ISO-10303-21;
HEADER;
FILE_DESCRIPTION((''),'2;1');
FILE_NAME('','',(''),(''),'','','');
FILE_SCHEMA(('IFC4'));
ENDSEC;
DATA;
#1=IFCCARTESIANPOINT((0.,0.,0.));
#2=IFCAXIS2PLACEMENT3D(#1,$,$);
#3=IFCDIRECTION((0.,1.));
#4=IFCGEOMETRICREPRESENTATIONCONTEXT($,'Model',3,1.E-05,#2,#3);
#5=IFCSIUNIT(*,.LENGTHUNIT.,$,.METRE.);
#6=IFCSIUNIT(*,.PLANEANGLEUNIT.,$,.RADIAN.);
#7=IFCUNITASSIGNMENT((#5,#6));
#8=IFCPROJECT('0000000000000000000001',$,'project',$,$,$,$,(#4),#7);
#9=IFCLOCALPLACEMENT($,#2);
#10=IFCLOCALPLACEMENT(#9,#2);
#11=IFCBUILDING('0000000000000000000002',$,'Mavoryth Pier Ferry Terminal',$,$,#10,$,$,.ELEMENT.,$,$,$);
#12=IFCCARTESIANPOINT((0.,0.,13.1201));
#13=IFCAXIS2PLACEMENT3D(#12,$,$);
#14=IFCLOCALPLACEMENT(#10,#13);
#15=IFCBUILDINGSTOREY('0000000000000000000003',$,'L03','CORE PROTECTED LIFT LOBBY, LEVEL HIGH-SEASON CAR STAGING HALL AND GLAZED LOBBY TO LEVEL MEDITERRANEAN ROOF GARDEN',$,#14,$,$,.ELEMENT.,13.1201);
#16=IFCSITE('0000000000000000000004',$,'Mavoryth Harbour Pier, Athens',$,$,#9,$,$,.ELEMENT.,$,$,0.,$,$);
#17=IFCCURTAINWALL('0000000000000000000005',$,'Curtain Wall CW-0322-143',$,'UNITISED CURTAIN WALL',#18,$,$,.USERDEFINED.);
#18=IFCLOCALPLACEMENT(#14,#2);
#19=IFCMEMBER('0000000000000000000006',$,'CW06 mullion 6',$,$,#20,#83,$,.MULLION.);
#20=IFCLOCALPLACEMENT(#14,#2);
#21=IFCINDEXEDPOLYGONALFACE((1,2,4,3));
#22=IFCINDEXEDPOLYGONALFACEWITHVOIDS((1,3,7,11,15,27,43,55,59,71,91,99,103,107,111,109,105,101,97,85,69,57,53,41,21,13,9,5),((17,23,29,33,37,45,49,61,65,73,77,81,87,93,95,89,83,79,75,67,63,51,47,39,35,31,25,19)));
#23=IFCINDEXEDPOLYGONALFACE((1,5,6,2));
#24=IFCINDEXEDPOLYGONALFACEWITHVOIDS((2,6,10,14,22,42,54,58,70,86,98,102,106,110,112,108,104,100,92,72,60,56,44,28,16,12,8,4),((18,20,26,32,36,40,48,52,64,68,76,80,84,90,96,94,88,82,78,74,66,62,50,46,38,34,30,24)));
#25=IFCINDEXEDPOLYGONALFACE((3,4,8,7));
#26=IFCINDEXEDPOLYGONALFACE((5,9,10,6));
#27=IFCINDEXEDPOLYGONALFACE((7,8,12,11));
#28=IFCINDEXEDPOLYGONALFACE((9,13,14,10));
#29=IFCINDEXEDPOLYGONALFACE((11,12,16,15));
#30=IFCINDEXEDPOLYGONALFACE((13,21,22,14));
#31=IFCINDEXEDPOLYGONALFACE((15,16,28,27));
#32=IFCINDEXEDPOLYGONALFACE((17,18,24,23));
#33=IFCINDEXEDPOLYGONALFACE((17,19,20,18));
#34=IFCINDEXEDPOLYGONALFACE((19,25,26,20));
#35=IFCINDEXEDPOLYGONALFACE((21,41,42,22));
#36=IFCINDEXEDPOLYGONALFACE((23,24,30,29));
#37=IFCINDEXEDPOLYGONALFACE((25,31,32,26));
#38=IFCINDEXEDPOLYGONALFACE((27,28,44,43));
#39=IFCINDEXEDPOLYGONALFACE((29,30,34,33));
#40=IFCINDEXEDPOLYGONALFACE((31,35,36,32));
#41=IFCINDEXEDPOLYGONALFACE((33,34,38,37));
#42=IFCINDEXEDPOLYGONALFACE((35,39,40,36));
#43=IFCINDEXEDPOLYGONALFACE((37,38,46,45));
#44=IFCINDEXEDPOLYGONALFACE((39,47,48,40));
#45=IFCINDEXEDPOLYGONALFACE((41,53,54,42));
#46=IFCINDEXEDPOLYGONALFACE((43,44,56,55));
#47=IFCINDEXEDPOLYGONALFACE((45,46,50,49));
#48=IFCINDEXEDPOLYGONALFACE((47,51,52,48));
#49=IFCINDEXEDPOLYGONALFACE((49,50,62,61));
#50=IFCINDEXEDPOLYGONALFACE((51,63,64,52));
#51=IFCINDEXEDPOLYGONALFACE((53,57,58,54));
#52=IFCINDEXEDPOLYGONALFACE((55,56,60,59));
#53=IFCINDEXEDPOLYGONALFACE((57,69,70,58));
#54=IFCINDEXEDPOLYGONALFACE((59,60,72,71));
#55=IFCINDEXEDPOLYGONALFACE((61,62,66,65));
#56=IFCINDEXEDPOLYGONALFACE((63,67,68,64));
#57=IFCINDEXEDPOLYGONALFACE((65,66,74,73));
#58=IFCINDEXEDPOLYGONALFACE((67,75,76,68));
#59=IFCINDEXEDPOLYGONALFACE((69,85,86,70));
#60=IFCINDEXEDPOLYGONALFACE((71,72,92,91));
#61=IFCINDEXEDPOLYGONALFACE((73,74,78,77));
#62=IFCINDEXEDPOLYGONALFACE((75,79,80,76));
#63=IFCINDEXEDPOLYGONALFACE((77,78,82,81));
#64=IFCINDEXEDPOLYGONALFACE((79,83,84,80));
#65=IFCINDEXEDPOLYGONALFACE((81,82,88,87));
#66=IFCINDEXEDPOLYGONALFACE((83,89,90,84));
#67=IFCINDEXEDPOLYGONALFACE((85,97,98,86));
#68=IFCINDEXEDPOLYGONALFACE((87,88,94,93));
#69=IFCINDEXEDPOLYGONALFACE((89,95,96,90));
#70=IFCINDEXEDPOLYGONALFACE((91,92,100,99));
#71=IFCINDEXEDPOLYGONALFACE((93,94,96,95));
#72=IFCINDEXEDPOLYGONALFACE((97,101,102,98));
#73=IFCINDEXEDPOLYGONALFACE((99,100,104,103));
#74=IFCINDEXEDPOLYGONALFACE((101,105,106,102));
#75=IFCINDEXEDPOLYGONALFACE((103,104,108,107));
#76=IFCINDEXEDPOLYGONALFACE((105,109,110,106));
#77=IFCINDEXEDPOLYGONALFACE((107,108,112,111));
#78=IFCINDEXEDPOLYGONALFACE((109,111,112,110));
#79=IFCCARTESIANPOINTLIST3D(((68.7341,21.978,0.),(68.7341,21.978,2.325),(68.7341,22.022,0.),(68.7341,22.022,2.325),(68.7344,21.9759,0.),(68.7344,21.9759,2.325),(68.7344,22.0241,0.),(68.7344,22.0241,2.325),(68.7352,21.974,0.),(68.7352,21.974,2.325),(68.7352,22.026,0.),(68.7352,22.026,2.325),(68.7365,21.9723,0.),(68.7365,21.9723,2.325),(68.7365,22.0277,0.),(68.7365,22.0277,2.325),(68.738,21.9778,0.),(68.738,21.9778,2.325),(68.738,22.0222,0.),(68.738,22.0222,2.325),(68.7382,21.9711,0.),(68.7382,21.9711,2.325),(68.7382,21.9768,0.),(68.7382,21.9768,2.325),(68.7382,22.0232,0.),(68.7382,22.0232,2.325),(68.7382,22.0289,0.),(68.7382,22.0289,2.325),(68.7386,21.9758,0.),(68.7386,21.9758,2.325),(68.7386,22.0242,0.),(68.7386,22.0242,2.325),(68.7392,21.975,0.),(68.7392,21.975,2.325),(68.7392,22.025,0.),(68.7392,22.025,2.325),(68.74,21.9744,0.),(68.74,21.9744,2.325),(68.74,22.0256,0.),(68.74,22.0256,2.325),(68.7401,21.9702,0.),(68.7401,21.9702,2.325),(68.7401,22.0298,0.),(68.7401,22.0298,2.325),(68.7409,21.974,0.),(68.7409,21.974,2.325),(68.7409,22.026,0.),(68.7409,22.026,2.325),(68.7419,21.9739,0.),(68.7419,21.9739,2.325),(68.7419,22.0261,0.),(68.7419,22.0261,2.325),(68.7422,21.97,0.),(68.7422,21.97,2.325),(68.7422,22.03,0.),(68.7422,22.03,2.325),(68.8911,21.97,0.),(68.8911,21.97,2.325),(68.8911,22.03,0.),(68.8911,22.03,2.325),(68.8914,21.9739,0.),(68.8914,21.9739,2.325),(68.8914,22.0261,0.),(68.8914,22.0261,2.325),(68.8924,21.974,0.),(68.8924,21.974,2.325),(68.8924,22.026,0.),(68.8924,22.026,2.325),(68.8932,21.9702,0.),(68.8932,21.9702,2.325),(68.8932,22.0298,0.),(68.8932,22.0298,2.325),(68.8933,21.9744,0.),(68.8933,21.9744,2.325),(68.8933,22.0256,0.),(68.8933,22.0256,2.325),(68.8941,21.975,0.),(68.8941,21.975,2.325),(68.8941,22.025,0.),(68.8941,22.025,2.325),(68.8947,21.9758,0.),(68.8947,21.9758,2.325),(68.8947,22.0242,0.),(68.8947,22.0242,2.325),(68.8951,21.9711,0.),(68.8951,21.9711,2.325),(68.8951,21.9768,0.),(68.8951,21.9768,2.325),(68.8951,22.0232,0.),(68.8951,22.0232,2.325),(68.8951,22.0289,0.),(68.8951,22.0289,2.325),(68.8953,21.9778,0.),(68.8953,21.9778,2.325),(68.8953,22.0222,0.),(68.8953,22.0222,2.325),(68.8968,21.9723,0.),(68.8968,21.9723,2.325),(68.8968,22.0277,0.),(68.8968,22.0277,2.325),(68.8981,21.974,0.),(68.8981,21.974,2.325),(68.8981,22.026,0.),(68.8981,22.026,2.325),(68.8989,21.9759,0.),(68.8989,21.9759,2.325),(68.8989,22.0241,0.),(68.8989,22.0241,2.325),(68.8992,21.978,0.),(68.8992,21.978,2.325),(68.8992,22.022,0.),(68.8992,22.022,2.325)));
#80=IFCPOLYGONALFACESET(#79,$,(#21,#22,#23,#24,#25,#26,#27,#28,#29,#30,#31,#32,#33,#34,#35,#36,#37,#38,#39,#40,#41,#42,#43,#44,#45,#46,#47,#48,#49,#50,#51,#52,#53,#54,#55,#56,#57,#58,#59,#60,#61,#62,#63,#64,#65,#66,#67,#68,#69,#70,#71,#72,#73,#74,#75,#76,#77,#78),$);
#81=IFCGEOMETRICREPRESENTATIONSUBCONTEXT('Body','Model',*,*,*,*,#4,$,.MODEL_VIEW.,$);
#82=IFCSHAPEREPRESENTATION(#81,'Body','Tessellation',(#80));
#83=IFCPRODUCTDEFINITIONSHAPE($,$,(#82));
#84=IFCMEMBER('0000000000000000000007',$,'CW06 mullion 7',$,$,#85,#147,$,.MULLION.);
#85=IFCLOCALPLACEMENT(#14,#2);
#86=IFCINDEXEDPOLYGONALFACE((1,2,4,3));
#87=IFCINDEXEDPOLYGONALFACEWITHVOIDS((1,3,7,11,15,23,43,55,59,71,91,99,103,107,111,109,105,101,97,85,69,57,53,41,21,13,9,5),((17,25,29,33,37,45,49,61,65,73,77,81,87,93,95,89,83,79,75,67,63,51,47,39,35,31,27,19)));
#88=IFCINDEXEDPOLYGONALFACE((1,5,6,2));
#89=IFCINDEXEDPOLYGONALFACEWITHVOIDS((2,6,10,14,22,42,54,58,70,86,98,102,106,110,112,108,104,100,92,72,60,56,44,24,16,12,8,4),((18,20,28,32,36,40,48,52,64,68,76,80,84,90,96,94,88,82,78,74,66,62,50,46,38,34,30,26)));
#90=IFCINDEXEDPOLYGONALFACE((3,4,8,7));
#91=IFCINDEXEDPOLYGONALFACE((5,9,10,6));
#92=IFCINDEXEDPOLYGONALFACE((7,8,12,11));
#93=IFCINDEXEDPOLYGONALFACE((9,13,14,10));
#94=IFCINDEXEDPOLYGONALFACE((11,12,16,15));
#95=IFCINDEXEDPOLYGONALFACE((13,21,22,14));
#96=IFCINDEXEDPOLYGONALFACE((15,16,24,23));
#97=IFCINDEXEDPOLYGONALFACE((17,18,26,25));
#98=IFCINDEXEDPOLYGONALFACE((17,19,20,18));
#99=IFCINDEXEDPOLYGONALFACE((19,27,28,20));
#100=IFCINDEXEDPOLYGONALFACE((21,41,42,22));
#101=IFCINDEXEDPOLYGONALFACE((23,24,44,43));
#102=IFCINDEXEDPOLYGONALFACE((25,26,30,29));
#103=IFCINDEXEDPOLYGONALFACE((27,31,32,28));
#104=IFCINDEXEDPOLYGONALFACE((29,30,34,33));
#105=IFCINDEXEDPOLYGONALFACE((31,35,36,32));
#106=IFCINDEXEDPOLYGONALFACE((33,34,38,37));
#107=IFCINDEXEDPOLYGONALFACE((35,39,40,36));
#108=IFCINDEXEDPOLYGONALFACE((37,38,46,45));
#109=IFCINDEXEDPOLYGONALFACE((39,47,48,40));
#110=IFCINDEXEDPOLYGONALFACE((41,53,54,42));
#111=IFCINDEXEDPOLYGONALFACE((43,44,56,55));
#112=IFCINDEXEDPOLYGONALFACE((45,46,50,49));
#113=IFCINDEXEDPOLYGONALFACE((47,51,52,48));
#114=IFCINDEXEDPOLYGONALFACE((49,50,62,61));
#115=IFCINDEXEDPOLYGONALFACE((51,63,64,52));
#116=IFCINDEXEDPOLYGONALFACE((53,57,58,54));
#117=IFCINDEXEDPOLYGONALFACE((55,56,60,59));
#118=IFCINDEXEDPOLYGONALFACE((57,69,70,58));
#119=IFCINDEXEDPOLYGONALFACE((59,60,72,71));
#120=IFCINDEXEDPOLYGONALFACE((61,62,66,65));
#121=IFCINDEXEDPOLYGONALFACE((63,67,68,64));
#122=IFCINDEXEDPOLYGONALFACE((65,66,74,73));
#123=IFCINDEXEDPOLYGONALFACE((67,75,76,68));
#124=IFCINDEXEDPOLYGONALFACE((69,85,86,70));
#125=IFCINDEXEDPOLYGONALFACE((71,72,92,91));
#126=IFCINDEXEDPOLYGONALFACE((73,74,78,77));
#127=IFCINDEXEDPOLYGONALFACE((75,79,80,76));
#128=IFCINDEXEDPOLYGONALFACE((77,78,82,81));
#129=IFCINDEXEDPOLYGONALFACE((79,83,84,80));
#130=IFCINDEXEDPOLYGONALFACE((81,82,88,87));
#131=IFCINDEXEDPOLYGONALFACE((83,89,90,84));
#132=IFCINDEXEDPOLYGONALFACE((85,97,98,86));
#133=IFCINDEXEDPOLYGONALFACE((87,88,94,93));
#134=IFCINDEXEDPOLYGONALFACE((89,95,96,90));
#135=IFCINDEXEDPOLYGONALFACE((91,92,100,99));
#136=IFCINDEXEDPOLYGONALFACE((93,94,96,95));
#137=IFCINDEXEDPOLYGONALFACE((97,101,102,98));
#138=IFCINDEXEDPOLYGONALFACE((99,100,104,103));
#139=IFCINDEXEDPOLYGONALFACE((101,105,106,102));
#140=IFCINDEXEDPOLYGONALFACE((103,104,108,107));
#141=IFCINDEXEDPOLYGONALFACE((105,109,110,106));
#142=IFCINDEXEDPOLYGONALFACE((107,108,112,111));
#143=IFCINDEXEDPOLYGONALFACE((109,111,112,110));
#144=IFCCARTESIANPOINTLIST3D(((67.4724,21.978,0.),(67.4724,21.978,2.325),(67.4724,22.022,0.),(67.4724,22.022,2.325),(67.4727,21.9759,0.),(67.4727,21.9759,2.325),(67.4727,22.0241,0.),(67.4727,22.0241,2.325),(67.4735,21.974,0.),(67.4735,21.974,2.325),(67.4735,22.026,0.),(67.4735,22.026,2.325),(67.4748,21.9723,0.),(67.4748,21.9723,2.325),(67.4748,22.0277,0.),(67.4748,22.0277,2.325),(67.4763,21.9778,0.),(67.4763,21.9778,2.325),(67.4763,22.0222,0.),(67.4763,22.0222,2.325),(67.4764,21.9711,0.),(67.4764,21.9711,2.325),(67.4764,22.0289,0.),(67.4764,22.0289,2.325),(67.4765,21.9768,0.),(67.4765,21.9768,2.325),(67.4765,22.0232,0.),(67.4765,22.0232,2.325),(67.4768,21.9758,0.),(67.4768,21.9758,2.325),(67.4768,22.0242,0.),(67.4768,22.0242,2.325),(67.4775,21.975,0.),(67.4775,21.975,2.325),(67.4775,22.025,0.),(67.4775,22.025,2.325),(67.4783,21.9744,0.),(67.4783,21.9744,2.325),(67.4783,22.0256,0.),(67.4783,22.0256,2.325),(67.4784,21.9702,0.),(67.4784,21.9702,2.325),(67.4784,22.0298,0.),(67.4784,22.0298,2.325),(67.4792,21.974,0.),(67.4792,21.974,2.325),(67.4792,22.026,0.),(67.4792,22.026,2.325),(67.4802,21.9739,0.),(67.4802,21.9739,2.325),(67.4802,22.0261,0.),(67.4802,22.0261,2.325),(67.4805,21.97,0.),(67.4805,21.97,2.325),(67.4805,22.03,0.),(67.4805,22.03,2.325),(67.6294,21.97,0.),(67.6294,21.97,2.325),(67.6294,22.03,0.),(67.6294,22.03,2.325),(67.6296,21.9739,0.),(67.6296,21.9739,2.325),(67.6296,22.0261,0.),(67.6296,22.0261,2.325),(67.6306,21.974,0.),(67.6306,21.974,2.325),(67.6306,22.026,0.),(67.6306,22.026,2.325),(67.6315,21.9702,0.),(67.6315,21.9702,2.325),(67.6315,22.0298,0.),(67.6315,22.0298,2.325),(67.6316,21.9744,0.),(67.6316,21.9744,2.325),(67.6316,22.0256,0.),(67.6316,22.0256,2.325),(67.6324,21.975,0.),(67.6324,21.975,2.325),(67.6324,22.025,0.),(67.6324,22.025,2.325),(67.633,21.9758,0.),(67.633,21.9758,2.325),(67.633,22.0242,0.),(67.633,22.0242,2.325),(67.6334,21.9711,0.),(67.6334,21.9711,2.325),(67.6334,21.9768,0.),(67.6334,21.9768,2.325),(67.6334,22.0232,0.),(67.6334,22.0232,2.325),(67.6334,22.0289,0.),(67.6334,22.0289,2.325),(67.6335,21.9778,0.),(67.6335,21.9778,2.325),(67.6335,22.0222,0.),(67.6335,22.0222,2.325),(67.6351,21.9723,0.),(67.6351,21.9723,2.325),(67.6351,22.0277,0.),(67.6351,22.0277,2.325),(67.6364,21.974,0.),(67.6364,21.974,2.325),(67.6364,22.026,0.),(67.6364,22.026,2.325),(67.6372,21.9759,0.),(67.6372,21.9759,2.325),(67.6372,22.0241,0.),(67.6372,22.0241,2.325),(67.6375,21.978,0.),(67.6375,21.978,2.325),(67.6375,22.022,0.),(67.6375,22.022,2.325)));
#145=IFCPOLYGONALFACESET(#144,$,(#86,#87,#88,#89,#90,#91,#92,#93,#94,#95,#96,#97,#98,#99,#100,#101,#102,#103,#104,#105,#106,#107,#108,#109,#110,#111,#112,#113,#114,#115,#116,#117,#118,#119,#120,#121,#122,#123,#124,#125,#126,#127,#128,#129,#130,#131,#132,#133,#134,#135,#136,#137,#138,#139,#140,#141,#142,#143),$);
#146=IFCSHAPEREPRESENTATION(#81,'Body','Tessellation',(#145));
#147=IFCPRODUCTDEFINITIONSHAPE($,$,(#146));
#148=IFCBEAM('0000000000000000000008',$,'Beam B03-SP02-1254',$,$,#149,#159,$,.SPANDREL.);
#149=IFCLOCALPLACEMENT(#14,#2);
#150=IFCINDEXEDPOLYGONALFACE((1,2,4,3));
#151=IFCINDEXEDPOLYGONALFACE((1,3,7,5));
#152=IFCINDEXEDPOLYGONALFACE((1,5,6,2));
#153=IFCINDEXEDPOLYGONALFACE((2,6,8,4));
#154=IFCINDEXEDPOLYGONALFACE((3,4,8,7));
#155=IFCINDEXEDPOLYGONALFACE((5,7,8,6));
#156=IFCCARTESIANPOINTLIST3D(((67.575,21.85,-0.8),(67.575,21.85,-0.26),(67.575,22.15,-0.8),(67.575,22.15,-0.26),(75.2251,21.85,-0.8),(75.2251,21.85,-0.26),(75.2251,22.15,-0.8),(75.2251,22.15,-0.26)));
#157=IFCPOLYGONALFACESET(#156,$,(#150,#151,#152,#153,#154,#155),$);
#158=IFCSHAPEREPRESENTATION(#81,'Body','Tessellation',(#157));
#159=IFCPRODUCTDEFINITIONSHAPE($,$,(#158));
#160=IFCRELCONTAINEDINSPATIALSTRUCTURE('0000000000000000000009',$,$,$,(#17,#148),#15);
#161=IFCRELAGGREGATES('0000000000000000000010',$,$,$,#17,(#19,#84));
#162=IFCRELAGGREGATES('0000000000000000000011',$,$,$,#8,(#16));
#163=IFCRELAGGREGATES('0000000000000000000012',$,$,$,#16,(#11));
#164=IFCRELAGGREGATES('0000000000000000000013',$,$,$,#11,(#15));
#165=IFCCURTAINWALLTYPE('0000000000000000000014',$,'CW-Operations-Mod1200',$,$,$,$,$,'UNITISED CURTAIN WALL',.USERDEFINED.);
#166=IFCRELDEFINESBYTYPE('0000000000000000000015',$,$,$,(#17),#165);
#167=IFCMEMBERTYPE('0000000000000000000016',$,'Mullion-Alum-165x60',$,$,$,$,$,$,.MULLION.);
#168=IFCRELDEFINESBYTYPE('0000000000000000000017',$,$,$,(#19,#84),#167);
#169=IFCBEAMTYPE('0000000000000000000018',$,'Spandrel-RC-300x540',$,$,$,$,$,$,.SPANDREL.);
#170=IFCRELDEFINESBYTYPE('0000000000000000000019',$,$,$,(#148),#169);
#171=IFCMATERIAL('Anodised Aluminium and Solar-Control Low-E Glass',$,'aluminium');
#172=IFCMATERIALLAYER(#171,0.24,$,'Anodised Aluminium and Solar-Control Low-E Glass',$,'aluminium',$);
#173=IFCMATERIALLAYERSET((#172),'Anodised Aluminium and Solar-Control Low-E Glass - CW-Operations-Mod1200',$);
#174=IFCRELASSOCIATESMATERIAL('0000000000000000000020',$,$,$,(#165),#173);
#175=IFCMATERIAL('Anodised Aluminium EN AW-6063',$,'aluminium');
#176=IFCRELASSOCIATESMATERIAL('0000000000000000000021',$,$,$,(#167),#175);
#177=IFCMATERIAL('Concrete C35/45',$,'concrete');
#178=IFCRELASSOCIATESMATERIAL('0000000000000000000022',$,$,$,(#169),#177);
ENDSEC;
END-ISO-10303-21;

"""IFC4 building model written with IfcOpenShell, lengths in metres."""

from ifc_helpers import new_model, si_unit, direction, frame, origin, origin_2d, place, context, subcontext, project, spatial, rectangle, hollow_rectangle, extrude, material, layer, layer_set, material_profile, profile_set, type_object, element, aggregate, save


model = new_model("IFC4")

# Units and contexts
model_context = context("Model", 3, precision=1e-05, world=origin(), true_north=direction((0.0, 1.0)))
body_context = subcontext(model_context, "Body", "Model", "MODEL_VIEW")
ifc_project = project(units=[si_unit("LENGTHUNIT", "METRE"), si_unit("PLANEANGLEUNIT", "RADIAN")], contexts=[model_context])

# Site, building, storey
site_placement = place(None, origin())
site = spatial("IfcSite", under=ifc_project, at=site_placement, Name="Mavoryth Harbour Pier, Athens", CompositionType="ELEMENT", RefElevation=0.0)
building_placement = place(site_placement, origin())
building = spatial("IfcBuilding", under=site, at=building_placement, Name="Mavoryth Pier Ferry Terminal", CompositionType="ELEMENT")
storey_placement = place(building_placement, frame((0.0, 0.0, 13.1201)))
storey = spatial("IfcBuildingStorey", under=building, at=storey_placement, Name="L03", Description="CORE PROTECTED LIFT LOBBY, LEVEL HIGH-SEASON CAR STAGING HALL AND GLAZED LOBBY TO LEVEL MEDITERRANEAN ROOF GARDEN", CompositionType="ELEMENT", Elevation=13.1201)

# Curtain wall, members
ifc_material_1 = material(Name="Anodised Aluminium and Solar-Control Low-E Glass", Category="aluminium")
ifc_layer_1 = layer(ifc_material_1, 0.24, Name="Anodised Aluminium and Solar-Control Low-E Glass", Category="aluminium")
ifc_layer_set_1 = layer_set([ifc_layer_1], Name="Anodised Aluminium and Solar-Control Low-E Glass - CW-Operations-Mod1200")
curtain_wall_type = type_object("IfcCurtainWallType", Name="CW-Operations-Mod1200", ElementType="UNITISED CURTAIN WALL", PredefinedType="USERDEFINED", material=ifc_layer_set_1)
ifc_material_2 = material(Name="Anodised Aluminium EN AW-6063", Category="aluminium")
ifc_material_profile_1 = material_profile(ifc_material_2, hollow_rectangle(XDim=0.0601, YDim=0.165, WallThickness=0.0039, InnerFilletRadius=0.0039, OuterFilletRadius=0.0081, at=origin_2d()), Name="AL-MULL 165x60x4", Category="aluminium")
ifc_profile_set_1 = profile_set([ifc_material_profile_1], Name="Anodised Aluminium EN AW-6063 - AL-MULL 165x60x4")
member_type_1 = type_object("IfcMemberType", Name="Mullion-Alum-165x60", PredefinedType="MULLION", material=ifc_profile_set_1)
curtain_wall_1_placement = place(storey_placement, origin())
curtain_wall_1 = element("IfcCurtainWall", 1, at=curtain_wall_1_placement, inside=storey, type_object=curtain_wall_type, Name="Curtain Wall CW-0322-143", ObjectType="UNITISED CURTAIN WALL", PredefinedType="USERDEFINED")
member_1_placement = place(storey_placement, frame((68.8167, 22.0, 0.0), z_axis=(0.0, 0.0, 1.0), x_axis=(0.0, -1.0, 0.0)))
member_1 = element("IfcMember", 2, at=member_1_placement, type_object=member_type_1, Name="CW06 mullion 6", PredefinedType="MULLION", context=body_context, shape_type="SweptSolid", body=[
    extrude(hollow_rectangle(XDim=0.0601, YDim=0.165, WallThickness=0.0039, InnerFilletRadius=0.0039, OuterFilletRadius=0.0081, at=origin_2d()), origin(), (0.0, 0.0, 1.0), 2.325),
])
member_2_placement = place(storey_placement, frame((67.5549, 22.0, 0.0), z_axis=(0.0, 0.0, 1.0), x_axis=(0.0, -1.0, 0.0)))
member_2 = element("IfcMember", 3, at=member_2_placement, type_object=member_type_1, Name="CW06 mullion 7", PredefinedType="MULLION", context=body_context, shape_type="SweptSolid", body=[
    extrude(hollow_rectangle(XDim=0.0601, YDim=0.165, WallThickness=0.0039, InnerFilletRadius=0.0039, OuterFilletRadius=0.0081, at=origin_2d()), origin(), (0.0, 0.0, 1.0), 2.325),
])

# Beam
ifc_material_3 = material(Name="Concrete C35/45", Category="concrete")
ifc_material_profile_2 = material_profile(ifc_material_3, rectangle(XDim=0.3, YDim=0.54, at=origin_2d()), Name="RC 300x540", Category="concrete")
ifc_profile_set_2 = profile_set([ifc_material_profile_2], Name="Concrete C35/45 - RC 300x540")
beam_type = type_object("IfcBeamType", Name="Spandrel-RC-300x540", PredefinedType="SPANDREL", material=ifc_profile_set_2)
beam_placement = place(storey_placement, frame((67.575, 22.0, -0.53), z_axis=(1.0, 0.0, 0.0), x_axis=(0.0, 1.0, 0.0)))
element("IfcBeam", 4, at=beam_placement, inside=storey, type_object=beam_type, Name="Beam B03-SP02-1254", PredefinedType="SPANDREL", context=body_context, shape_type="SweptSolid", body=[
    extrude(rectangle(XDim=0.3, YDim=0.54, at=origin_2d()), origin(), (0.0, 0.0, 1.0), 7.6501),
])

aggregate(curtain_wall_1, [member_1, member_2])

save(model, "model.ifc")
